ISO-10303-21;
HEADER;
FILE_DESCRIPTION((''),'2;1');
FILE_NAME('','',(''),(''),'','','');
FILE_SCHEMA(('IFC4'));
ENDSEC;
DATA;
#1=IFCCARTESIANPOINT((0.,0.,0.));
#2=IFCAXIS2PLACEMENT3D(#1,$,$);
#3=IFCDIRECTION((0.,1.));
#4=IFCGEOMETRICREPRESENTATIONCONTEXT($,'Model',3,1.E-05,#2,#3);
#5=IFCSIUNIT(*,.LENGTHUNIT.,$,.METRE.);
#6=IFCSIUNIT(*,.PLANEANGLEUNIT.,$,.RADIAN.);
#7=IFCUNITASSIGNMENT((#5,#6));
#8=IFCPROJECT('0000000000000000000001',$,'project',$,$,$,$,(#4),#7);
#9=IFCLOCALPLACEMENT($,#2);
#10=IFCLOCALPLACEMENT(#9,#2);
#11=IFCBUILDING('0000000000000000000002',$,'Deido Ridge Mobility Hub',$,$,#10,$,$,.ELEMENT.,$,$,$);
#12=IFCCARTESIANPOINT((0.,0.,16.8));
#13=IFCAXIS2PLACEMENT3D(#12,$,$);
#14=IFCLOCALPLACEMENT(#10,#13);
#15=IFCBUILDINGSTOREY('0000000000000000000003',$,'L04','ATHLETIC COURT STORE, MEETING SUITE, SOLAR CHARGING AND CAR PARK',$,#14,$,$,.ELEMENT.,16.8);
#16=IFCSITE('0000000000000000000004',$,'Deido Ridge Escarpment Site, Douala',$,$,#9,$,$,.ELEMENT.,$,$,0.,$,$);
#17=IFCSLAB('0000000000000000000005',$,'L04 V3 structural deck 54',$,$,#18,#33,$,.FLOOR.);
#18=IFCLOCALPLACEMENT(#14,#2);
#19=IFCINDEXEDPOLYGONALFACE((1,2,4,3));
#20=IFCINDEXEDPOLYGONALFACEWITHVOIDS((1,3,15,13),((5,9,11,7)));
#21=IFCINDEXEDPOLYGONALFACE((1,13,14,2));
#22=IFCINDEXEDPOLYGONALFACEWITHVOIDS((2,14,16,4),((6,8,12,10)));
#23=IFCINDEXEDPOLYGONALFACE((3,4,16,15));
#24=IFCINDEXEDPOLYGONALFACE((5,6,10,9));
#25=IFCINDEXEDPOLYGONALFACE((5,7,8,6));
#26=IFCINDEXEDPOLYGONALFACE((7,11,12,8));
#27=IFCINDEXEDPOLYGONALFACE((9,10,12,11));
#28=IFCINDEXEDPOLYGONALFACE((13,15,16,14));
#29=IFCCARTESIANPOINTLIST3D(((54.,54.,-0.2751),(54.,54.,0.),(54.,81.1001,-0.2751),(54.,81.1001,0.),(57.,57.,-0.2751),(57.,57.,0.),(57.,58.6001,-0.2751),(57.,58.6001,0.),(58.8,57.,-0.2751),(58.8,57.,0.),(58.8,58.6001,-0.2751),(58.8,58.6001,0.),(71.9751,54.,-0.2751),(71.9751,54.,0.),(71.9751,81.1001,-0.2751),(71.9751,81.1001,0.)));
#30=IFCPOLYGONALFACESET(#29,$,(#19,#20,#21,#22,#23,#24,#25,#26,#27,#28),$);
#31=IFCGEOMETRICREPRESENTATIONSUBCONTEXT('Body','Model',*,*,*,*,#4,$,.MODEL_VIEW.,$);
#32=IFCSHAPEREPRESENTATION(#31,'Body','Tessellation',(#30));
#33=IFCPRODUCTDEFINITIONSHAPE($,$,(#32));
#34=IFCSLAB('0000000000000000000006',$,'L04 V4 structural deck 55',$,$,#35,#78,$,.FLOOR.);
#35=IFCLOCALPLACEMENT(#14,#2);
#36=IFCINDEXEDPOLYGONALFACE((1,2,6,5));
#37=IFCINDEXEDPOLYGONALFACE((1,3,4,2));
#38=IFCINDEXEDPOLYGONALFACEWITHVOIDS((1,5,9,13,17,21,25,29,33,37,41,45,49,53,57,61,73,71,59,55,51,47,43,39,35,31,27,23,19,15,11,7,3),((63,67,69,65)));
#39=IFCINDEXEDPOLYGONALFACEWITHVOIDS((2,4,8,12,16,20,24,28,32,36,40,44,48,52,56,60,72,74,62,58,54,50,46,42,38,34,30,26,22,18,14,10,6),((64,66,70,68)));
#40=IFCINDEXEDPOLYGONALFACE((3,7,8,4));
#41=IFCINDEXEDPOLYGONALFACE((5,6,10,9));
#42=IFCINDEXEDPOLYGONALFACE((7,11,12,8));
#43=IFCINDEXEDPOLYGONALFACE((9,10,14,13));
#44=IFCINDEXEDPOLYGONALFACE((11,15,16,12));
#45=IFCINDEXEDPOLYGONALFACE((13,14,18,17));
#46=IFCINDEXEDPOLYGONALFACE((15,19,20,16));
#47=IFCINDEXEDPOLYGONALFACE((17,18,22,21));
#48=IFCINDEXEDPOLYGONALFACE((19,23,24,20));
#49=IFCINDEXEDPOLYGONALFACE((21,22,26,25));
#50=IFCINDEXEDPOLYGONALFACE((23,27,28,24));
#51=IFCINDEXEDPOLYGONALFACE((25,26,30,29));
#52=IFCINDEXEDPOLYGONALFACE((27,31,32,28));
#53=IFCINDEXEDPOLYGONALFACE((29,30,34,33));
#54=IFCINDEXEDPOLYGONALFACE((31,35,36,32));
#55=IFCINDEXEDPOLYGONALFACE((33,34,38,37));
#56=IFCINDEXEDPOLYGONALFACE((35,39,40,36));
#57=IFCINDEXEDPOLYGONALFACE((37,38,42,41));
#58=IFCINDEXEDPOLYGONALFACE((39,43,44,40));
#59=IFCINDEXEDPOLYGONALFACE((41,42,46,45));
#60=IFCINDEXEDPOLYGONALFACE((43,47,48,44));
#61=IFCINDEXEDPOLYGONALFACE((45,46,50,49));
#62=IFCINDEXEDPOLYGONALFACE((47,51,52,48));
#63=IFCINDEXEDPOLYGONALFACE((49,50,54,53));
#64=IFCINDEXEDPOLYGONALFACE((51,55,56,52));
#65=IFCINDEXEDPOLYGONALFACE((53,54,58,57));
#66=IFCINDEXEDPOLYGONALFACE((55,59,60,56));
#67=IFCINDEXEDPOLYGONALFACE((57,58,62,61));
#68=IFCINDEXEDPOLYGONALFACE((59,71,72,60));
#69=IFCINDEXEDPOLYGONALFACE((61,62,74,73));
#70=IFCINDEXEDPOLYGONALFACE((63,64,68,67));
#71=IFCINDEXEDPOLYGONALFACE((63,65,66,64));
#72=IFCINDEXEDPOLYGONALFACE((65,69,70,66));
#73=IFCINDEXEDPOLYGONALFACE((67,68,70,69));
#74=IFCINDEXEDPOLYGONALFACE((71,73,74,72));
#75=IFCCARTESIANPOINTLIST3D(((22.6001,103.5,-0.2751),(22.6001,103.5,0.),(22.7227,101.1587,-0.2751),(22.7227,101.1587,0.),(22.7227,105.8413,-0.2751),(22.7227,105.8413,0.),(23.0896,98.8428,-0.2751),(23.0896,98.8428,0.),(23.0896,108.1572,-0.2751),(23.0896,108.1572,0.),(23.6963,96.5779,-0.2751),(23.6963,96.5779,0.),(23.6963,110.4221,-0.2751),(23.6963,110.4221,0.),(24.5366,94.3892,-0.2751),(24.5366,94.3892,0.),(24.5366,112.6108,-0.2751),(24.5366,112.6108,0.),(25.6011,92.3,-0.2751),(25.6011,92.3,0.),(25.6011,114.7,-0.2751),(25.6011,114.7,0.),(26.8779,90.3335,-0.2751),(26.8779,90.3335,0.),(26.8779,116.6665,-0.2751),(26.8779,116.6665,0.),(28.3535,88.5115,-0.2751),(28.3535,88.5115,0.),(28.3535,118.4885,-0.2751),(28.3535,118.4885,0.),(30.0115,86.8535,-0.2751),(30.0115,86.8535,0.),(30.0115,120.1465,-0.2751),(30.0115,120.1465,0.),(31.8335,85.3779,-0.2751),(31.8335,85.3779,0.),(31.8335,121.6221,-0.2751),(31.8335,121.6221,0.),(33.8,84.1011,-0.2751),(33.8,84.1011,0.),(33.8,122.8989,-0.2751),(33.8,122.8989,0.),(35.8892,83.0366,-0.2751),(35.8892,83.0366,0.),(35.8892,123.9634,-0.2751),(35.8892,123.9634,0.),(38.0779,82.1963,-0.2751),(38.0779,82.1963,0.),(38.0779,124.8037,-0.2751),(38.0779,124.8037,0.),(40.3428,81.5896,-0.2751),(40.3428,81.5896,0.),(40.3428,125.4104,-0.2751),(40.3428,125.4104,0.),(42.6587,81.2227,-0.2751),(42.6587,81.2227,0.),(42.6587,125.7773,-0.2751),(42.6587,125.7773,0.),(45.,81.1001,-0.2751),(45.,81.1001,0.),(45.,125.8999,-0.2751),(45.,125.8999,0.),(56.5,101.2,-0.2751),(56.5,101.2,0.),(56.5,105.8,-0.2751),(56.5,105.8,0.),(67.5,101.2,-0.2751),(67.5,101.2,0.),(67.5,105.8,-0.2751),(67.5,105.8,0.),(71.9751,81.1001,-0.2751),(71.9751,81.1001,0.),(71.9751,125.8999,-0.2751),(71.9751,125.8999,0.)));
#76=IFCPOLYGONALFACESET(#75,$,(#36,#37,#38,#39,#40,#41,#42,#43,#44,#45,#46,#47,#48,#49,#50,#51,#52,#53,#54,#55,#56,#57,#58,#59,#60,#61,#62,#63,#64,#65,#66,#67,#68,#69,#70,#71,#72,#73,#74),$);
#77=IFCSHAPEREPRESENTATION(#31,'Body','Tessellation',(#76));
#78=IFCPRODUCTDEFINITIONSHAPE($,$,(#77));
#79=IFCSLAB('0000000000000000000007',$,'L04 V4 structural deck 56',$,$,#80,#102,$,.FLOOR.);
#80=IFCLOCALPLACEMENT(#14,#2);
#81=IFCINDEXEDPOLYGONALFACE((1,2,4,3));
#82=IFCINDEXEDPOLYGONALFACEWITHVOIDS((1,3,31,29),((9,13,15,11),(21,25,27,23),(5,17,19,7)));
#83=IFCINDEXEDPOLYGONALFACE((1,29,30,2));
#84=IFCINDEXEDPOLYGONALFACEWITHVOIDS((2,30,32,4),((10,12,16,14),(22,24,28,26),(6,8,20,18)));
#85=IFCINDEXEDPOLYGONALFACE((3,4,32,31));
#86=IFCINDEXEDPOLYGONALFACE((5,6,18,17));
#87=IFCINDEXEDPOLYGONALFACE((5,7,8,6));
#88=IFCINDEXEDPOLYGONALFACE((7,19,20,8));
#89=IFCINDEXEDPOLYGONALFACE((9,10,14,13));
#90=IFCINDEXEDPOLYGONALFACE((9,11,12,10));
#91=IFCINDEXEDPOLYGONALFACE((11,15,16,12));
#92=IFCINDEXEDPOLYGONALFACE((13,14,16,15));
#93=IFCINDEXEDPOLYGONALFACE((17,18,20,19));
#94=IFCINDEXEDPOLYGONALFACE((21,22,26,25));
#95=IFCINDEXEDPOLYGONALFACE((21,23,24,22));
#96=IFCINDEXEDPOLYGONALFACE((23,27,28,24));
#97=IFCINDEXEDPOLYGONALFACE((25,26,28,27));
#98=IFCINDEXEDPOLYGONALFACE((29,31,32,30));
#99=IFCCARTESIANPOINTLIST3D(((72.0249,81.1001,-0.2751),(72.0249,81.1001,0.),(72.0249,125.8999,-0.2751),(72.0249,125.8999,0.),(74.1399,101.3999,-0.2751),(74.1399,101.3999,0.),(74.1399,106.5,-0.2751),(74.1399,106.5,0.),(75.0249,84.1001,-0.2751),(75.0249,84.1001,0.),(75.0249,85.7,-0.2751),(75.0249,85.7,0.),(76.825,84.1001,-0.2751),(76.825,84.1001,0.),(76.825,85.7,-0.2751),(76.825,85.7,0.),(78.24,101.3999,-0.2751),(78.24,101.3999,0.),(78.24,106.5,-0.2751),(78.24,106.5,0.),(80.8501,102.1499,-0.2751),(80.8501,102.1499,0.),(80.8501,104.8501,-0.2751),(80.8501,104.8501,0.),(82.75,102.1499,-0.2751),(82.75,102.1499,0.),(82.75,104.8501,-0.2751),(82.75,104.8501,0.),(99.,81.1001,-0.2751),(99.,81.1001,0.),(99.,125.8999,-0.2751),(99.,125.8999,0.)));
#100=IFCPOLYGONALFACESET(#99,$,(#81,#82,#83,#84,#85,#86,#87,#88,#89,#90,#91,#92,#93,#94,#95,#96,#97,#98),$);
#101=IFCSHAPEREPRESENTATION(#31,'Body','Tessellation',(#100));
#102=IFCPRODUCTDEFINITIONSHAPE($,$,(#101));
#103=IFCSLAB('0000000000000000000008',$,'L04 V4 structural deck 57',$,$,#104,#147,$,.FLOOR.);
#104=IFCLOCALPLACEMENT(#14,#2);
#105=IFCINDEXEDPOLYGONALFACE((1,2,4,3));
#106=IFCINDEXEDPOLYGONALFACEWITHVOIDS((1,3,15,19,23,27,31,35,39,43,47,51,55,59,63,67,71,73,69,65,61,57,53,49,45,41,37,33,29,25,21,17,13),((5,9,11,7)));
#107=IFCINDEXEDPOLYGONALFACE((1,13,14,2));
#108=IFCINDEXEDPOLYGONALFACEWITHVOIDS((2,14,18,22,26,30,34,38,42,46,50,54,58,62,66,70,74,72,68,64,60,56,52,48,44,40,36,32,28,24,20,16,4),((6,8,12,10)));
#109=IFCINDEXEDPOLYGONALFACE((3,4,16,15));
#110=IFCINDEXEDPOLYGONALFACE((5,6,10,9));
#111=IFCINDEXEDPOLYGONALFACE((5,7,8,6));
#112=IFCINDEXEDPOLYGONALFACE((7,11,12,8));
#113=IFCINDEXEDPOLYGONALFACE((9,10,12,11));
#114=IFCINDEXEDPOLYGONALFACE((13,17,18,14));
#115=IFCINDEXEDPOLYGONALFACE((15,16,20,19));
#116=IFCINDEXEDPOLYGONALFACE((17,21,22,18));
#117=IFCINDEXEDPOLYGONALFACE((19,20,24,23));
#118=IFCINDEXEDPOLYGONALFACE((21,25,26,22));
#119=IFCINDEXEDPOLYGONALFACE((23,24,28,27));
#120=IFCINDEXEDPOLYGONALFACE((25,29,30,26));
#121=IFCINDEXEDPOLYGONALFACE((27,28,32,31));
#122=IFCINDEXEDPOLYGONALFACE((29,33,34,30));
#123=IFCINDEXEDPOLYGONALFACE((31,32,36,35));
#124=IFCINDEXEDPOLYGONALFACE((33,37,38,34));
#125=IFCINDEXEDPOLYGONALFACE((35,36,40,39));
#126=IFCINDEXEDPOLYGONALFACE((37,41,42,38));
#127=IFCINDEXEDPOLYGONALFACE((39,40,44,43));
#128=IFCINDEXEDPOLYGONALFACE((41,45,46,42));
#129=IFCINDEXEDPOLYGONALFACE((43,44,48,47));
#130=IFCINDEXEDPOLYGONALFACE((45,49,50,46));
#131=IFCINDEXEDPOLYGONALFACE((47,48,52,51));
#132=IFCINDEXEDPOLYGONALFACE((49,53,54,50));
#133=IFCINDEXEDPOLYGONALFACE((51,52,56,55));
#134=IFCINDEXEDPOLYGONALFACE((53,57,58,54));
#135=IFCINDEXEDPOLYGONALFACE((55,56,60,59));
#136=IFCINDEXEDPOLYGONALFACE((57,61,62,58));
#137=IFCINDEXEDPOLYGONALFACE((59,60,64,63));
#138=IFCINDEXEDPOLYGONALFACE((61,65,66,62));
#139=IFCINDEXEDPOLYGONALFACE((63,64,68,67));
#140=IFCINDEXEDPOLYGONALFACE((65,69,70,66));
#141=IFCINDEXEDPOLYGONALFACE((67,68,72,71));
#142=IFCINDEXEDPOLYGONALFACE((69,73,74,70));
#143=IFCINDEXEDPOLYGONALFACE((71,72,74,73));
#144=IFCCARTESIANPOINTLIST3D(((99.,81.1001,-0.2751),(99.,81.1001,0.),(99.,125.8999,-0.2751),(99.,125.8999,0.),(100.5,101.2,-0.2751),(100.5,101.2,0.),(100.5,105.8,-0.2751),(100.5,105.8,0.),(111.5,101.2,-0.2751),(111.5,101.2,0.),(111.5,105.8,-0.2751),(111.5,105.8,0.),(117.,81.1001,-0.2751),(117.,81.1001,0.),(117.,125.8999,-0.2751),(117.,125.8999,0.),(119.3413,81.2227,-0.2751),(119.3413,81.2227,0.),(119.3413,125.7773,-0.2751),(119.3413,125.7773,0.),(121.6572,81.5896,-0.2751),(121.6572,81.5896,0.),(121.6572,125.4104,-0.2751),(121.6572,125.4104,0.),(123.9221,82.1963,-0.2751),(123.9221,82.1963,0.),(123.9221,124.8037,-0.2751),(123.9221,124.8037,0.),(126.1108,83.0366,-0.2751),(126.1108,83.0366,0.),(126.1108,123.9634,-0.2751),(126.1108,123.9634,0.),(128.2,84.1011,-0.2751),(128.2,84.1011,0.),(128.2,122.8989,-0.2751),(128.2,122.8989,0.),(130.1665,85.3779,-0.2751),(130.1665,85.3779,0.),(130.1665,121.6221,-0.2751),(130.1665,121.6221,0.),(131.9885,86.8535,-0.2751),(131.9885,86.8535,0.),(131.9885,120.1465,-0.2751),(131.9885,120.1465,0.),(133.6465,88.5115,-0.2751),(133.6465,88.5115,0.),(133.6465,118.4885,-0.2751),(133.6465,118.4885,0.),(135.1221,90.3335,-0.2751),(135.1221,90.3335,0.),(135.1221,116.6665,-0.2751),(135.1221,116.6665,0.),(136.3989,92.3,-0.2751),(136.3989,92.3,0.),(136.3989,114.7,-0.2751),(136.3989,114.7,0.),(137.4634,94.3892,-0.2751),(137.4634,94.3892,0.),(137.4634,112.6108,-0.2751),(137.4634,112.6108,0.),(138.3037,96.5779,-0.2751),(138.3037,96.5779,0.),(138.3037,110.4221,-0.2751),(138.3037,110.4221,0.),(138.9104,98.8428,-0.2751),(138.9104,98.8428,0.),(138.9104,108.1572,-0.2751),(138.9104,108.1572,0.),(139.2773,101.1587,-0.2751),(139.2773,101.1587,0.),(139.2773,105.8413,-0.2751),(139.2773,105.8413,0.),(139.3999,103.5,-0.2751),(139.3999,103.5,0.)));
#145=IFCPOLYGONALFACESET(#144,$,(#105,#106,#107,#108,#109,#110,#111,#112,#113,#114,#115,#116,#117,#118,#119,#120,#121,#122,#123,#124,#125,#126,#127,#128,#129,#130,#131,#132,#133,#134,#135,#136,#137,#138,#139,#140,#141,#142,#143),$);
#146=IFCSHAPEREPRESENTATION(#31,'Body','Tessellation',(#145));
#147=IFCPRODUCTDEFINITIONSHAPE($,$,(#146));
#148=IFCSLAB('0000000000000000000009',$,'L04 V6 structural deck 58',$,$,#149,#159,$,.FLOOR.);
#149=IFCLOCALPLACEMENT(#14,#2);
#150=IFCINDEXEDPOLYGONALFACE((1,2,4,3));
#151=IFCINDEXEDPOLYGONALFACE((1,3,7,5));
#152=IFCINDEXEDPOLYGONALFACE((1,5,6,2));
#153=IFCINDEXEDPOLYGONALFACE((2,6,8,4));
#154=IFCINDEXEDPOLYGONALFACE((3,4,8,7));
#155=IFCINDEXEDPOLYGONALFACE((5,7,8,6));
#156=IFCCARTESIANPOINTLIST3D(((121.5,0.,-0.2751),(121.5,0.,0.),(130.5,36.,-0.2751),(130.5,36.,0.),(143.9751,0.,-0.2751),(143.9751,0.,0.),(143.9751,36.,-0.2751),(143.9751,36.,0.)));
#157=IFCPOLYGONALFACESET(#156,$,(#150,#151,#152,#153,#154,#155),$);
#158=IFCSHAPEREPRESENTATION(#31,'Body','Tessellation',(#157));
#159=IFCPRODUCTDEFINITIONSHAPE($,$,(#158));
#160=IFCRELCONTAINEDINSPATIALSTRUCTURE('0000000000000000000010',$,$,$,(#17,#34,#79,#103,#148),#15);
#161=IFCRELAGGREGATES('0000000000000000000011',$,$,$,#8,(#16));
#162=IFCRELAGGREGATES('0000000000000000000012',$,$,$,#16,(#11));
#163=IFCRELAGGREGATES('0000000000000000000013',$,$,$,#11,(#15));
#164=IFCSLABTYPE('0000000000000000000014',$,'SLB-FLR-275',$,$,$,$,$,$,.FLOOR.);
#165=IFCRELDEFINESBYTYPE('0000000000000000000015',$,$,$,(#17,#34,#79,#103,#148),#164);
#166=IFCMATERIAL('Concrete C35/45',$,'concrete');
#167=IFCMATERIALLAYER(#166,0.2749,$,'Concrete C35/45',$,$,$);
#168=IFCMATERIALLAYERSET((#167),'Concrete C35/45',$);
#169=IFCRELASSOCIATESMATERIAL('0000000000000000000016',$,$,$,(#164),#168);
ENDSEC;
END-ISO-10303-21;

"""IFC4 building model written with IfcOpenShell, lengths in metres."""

from ifc_helpers import new_model, si_unit, direction, frame, origin, place, context, subcontext, project, spatial, polyline, outline, extrude, material, layer, layer_set, type_object, element, save


model = new_model("IFC4")

# Units and contexts
model_context = context("Model", 3, precision=1e-05, world=origin(), true_north=direction((0.0, 1.0)))
body_context = subcontext(model_context, "Body", "Model", "MODEL_VIEW")
ifc_project = project(units=[si_unit("LENGTHUNIT", "METRE"), si_unit("PLANEANGLEUNIT", "RADIAN")], contexts=[model_context])

# Site, building, storey
site_placement = place(None, origin())
site = spatial("IfcSite", under=ifc_project, at=site_placement, Name="Deido Ridge Escarpment Site, Douala", CompositionType="ELEMENT", RefElevation=0.0)
building_placement = place(site_placement, origin())
building = spatial("IfcBuilding", under=site, at=building_placement, Name="Deido Ridge Mobility Hub", CompositionType="ELEMENT")
storey_placement = place(building_placement, frame((0.0, 0.0, 16.8)))
storey = spatial("IfcBuildingStorey", under=building, at=storey_placement, Name="L04", Description="ATHLETIC COURT STORE, MEETING SUITE, SOLAR CHARGING AND CAR PARK", CompositionType="ELEMENT", Elevation=16.8)

# Slabs
ifc_material_1 = material(Name="Concrete C35/45", Category="concrete")
ifc_layer_1 = layer(ifc_material_1, 0.2749, Name="Concrete C35/45")
ifc_layer_set_1 = layer_set([ifc_layer_1], Name="Concrete C35/45")
slab_type_1 = type_object("IfcSlabType", Name="SLB-FLR-275", PredefinedType="FLOOR", material=ifc_layer_set_1)
slab_1_placement = place(storey_placement, frame((0.0, 0.0, -0.2751)))
element("IfcSlab", 1, at=slab_1_placement, inside=storey, type_object=slab_type_1, Name="L04 V3 structural deck 54", PredefinedType="FLOOR", context=body_context, shape_type="SweptSolid", body=[
    extrude(outline(polyline([(54.0, 54.0), (54.0, 81.1001), (71.9751, 81.1001), (71.9751, 54.0), (54.0, 54.0)]), holes=[polyline([(58.8, 57.0), (57.0, 57.0), (57.0, 58.6001), (58.8, 58.6001), (58.8, 57.0)])]), origin(), (0.0, 0.0, 1.0), 0.2751),
])
slab_2_placement = place(storey_placement, frame((0.0, 0.0, -0.2751)))
element("IfcSlab", 2, at=slab_2_placement, inside=storey, type_object=slab_type_1, Name="L04 V4 structural deck 55", PredefinedType="FLOOR", context=body_context, shape_type="SweptSolid", body=[
    extrude(outline(polyline([(42.6587, 81.2227), (40.3428, 81.5896), (38.0779, 82.1963), (35.8892, 83.0366), (33.8, 84.1011), (31.8335, 85.3779), (30.0115, 86.8535), (28.3535, 88.5115), (26.8779, 90.3335), (25.6011, 92.3), (24.5366, 94.3892), (23.6963, 96.5779), (23.0896, 98.8428), (22.7227, 101.1587), (22.6001, 103.5), (22.7227, 105.8413), (23.0896, 108.1572), (23.6963, 110.4221), (24.5366, 112.6108), (25.6011, 114.7), (26.8779, 116.6665), (28.3535, 118.4885), (30.0115, 120.1465), (31.8335, 121.6221), (33.8, 122.8989), (35.8892, 123.9634), (38.0779, 124.8037), (40.3428, 125.4104), (42.6587, 125.7773), (45.0, 125.8999), (71.9751, 125.8999), (71.9751, 81.1001), (45.0, 81.1001), (42.6587, 81.2227)]), holes=[polyline([(56.5, 101.2), (56.5, 105.8), (67.5, 105.8), (67.5, 101.2), (56.5, 101.2)])]), origin(), (0.0, 0.0, 1.0), 0.2751),
])
slab_3_placement = place(storey_placement, frame((0.0, 0.0, -0.2751)))
element("IfcSlab", 3, at=slab_3_placement, inside=storey, type_object=slab_type_1, Name="L04 V4 structural deck 56", PredefinedType="FLOOR", context=body_context, shape_type="SweptSolid", body=[
    extrude(outline(polyline([(99.0, 81.1001), (72.0249, 81.1001), (72.0249, 125.8999), (99.0, 125.8999), (99.0, 81.1001)]), holes=[polyline([(75.0249, 84.1001), (75.0249, 85.7), (76.825, 85.7), (76.825, 84.1001), (75.0249, 84.1001)]), polyline([(80.8501, 102.1499), (80.8501, 104.8501), (82.75, 104.8501), (82.75, 102.1499), (80.8501, 102.1499)]), polyline([(74.1399, 101.3999), (74.1399, 106.5), (78.24, 106.5), (78.24, 101.3999), (74.1399, 101.3999)])]), origin(), (0.0, 0.0, 1.0), 0.2751),
])
slab_4_placement = place(storey_placement, frame((0.0, 0.0, -0.2751)))
element("IfcSlab", 4, at=slab_4_placement, inside=storey, type_object=slab_type_1, Name="L04 V4 structural deck 57", PredefinedType="FLOOR", context=body_context, shape_type="SweptSolid", body=[
    extrude(outline(polyline([(119.3413, 125.7773), (121.6572, 125.4104), (123.9221, 124.8037), (126.1108, 123.9634), (128.2, 122.8989), (130.1665, 121.6221), (131.9885, 120.1465), (133.6465, 118.4885), (135.1221, 116.6665), (136.3989, 114.7), (137.4634, 112.6108), (138.3037, 110.4221), (138.9104, 108.1572), (139.2773, 105.8413), (139.3999, 103.5), (139.2773, 101.1587), (138.9104, 98.8428), (138.3037, 96.5779), (137.4634, 94.3892), (136.3989, 92.3), (135.1221, 90.3335), (133.6465, 88.5115), (131.9885, 86.8535), (130.1665, 85.3779), (128.2, 84.1011), (126.1108, 83.0366), (123.9221, 82.1963), (121.6572, 81.5896), (119.3413, 81.2227), (117.0, 81.1001), (99.0, 81.1001), (99.0, 125.8999), (117.0, 125.8999), (119.3413, 125.7773)]), holes=[polyline([(100.5, 101.2), (100.5, 105.8), (111.5, 105.8), (111.5, 101.2), (100.5, 101.2)])]), origin(), (0.0, 0.0, 1.0), 0.2751),
])
slab_5_placement = place(storey_placement, frame((0.0, 0.0, -0.2751)))
element("IfcSlab", 5, at=slab_5_placement, inside=storey, type_object=slab_type_1, Name="L04 V6 structural deck 58", PredefinedType="FLOOR", context=body_context, shape_type="SweptSolid", body=[
    extrude(outline(polyline([(130.5, 36.0), (143.9751, 36.0), (143.9751, 0.0), (121.5, 0.0), (130.5, 36.0)])), origin(), (0.0, 0.0, 1.0), 0.2751),
])

save(model, "model.ifc")
